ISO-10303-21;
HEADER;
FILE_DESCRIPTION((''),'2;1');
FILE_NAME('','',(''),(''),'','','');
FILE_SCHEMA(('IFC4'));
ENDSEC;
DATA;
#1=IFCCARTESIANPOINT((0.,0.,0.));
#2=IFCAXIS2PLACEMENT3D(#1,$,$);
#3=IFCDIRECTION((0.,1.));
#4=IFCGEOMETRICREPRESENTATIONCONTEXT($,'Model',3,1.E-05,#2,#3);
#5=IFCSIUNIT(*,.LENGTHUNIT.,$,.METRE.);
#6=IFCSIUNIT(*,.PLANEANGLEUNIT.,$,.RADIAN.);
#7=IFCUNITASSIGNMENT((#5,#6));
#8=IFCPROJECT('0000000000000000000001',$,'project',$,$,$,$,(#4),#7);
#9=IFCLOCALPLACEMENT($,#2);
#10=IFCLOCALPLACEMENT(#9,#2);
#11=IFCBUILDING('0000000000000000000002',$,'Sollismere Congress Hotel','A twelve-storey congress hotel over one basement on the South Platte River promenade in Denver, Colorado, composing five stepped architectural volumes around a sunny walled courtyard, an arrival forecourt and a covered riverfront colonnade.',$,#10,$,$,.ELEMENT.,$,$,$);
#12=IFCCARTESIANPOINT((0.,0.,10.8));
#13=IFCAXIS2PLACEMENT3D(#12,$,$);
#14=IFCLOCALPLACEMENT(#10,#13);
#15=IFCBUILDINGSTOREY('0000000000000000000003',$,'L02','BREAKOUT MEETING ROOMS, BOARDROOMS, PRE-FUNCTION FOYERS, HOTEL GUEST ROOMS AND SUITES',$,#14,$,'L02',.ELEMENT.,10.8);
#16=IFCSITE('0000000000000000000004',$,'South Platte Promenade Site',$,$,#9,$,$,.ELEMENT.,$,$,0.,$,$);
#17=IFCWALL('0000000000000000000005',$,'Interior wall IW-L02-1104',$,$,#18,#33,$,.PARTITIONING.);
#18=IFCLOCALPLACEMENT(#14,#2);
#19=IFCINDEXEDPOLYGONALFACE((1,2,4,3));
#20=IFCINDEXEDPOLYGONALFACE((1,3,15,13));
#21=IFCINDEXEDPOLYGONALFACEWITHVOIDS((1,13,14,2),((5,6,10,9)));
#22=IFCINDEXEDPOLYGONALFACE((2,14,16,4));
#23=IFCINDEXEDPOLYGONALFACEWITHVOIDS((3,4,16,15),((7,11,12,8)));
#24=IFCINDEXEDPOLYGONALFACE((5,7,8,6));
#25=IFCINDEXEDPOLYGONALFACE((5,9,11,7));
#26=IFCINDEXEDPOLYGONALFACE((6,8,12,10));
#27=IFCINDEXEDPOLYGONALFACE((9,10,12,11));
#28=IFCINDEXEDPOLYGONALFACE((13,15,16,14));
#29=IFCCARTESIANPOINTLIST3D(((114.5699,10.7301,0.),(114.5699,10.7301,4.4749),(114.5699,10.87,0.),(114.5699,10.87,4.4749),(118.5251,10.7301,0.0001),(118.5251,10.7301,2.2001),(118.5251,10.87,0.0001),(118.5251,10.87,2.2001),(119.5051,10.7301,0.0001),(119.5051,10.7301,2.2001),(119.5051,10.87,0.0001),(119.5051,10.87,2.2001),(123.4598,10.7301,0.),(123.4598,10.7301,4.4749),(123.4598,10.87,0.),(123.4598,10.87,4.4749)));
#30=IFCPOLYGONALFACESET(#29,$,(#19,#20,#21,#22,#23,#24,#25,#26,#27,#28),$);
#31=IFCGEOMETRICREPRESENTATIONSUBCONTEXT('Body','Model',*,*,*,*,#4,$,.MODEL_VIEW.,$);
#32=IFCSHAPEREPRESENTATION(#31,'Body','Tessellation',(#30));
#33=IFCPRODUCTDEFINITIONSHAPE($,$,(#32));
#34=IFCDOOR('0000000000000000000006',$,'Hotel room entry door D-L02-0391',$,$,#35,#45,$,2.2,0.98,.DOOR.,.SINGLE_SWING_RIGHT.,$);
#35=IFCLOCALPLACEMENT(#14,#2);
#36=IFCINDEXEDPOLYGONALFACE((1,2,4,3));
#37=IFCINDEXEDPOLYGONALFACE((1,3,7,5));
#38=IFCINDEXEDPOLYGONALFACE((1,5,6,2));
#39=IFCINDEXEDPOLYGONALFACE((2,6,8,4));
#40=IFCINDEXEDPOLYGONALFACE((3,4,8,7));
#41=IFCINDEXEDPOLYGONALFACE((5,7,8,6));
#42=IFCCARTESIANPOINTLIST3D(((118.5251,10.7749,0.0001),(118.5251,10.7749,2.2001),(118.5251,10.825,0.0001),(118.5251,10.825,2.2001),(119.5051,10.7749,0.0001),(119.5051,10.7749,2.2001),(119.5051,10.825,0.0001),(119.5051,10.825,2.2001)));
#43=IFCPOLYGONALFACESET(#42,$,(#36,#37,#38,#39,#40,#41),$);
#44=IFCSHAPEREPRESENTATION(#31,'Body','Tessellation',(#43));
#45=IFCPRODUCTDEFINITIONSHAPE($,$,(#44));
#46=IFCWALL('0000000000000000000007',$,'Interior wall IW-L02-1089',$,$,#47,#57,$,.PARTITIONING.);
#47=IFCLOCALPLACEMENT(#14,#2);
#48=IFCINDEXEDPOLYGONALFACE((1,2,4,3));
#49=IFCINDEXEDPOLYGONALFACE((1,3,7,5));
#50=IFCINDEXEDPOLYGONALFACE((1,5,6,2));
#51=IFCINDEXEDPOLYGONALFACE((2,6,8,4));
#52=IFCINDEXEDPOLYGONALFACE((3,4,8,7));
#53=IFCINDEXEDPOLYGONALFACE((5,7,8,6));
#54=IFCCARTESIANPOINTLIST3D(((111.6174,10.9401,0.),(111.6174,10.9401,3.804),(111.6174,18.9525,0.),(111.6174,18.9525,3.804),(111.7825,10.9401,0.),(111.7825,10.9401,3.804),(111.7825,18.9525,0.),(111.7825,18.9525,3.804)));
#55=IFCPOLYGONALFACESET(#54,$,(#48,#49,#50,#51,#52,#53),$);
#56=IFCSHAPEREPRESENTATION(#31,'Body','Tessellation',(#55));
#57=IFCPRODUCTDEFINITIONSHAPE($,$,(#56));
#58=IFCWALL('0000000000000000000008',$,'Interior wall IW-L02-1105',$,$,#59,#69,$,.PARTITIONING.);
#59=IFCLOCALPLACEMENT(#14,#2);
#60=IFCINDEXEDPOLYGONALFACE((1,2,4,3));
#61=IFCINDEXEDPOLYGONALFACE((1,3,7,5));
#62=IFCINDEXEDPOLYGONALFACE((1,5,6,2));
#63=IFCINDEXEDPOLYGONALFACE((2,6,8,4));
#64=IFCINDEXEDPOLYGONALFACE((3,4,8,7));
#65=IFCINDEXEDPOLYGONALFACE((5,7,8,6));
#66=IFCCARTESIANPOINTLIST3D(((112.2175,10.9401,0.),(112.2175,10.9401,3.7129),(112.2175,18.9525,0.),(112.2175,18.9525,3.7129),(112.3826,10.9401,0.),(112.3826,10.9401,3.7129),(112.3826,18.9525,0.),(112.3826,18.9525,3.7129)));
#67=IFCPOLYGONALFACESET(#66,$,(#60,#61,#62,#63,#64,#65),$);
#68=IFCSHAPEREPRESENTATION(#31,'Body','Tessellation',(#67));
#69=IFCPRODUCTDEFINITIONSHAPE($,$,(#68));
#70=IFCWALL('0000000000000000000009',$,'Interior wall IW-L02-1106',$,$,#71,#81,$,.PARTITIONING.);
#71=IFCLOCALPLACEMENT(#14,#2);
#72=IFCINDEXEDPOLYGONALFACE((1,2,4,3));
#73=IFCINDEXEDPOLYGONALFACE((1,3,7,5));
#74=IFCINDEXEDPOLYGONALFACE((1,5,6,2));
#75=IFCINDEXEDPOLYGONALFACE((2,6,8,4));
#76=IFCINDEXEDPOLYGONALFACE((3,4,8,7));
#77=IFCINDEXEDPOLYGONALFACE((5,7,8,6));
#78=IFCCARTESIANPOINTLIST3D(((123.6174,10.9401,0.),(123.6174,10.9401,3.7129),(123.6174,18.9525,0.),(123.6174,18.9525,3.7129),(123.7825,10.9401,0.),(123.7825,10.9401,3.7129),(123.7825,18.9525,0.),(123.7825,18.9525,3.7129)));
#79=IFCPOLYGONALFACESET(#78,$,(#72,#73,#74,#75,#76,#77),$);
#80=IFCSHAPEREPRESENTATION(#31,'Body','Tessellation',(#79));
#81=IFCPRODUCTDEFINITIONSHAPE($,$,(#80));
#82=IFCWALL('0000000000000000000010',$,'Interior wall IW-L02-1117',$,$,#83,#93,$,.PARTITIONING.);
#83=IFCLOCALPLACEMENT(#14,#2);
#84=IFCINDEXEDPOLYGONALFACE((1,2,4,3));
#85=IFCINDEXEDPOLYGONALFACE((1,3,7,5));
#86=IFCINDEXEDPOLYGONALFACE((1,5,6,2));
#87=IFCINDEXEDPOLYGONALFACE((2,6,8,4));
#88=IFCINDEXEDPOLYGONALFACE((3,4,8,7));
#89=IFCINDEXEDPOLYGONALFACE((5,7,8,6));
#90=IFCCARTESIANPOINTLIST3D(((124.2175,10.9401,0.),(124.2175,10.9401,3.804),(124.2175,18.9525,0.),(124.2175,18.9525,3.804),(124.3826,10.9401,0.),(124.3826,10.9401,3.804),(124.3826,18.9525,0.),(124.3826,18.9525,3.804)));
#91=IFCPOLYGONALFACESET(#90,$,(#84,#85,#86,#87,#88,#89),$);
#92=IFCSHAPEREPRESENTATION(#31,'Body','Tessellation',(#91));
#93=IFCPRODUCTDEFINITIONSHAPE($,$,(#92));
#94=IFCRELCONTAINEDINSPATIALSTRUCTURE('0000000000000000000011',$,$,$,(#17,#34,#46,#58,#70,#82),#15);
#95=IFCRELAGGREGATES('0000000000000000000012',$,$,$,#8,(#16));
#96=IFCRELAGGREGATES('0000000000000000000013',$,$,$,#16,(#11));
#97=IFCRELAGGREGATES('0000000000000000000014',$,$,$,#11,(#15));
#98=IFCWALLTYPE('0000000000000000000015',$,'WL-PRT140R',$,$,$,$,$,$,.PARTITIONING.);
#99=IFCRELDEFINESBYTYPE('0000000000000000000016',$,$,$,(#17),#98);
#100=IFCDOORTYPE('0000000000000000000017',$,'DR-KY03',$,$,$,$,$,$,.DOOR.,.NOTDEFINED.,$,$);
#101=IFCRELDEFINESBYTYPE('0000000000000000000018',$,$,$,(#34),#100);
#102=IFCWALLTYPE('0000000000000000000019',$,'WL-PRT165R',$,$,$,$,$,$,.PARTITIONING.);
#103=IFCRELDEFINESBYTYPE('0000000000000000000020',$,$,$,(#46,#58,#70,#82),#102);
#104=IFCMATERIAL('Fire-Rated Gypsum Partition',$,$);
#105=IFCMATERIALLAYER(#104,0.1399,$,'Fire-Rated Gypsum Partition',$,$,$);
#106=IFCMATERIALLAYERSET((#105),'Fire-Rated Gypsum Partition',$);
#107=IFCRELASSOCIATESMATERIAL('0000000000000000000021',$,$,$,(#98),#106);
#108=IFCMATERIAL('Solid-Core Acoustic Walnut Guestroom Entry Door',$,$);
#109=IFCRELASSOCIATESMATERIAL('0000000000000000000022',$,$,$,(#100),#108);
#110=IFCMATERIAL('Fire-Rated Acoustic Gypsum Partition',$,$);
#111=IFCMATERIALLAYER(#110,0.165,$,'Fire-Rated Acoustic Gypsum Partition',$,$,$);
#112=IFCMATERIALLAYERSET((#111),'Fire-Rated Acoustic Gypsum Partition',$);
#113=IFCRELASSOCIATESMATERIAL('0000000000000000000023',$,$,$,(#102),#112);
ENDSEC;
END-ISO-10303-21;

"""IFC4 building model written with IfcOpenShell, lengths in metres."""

from ifc_helpers import new_model, si_unit, direction, frame, frame_2d, origin, place, context, subcontext, project, spatial, rectangle, extrude, material, layer, layer_set, type_object, element, fill, save


model = new_model("IFC4")

# Units and contexts
model_context = context("Model", 3, precision=1e-05, world=origin(), true_north=direction((0.0, 1.0)))
body_context = subcontext(model_context, "Body", "Model", "MODEL_VIEW")
ifc_project = project(units=[si_unit("LENGTHUNIT", "METRE"), si_unit("PLANEANGLEUNIT", "RADIAN")], contexts=[model_context])

# Site, building, storey
site_placement = place(None, origin())
site = spatial("IfcSite", under=ifc_project, at=site_placement, Name="South Platte Promenade Site", CompositionType="ELEMENT", RefElevation=0.0)
building_placement = place(site_placement, origin())
building = spatial("IfcBuilding", under=site, at=building_placement, Name="Sollismere Congress Hotel", Description="A twelve-storey congress hotel over one basement on the South Platte River promenade in Denver, Colorado, composing five stepped architectural volumes around a sunny walled courtyard, an arrival forecourt and a covered riverfront colonnade.", CompositionType="ELEMENT")
storey_placement = place(building_placement, frame((0.0, 0.0, 10.8)))
storey = spatial("IfcBuildingStorey", under=building, at=storey_placement, Name="L02", Description="BREAKOUT MEETING ROOMS, BOARDROOMS, PRE-FUNCTION FOYERS, HOTEL GUEST ROOMS AND SUITES", LongName="L02", CompositionType="ELEMENT", Elevation=10.8)

# Shared definitions
ifc_material_1 = material(Name="Fire-Rated Gypsum Partition")
ifc_layer_1 = layer(ifc_material_1, 0.1399, Name="Fire-Rated Gypsum Partition")
ifc_layer_set_1 = layer_set([ifc_layer_1], Name="Fire-Rated Gypsum Partition")
wall_type_1 = type_object("IfcWallType", Name="WL-PRT140R", PredefinedType="PARTITIONING", material=ifc_layer_set_1)
ifc_material_2 = material(Name="Solid-Core Acoustic Walnut Guestroom Entry Door")

# Wall, opening, door
wall_1_placement = place(storey_placement, frame((114.5701, 10.8, 0.0), z_axis=(0.0, 0.0, 1.0), x_axis=(1.0, 0.0, 0.0)))
wall_1 = element("IfcWall", 1, at=wall_1_placement, inside=storey, type_object=wall_type_1, Name="Interior wall IW-L02-1104", PredefinedType="PARTITIONING", context=body_context, shape_type="SweptSolid", body=[
    extrude(rectangle(XDim=8.8899, YDim=0.1399, at=frame_2d((4.4448, 0.0))), origin(), (0.0, 0.0, 1.0), 4.4749),
])
opening_1_placement = place(wall_1_placement, frame((3.9551, 0.0, 0.0)))
opening_1 = element("IfcOpeningElement", 2, at=opening_1_placement, cuts=wall_1, PredefinedType="OPENING", context=body_context, shape_type="SweptSolid", body=[
    extrude(rectangle(XDim=0.98, YDim=2.2, at=frame_2d((0.49, 1.1001))), frame((0.0, 0.0798, 0.0), z_axis=(0.0, -1.0, 0.0), x_axis=(1.0, 0.0, 0.0)), (0.0, 0.0, 1.0), 0.1599),
])
door_type_1 = type_object("IfcDoorType", Name="DR-KY03", OperationType="NOTDEFINED", PredefinedType="DOOR", material=ifc_material_2)
door_1_placement = place(opening_1_placement, origin())
door_1 = element("IfcDoor", 3, at=door_1_placement, inside=storey, type_object=door_type_1, Name="Hotel room entry door D-L02-0391", OperationType="SINGLE_SWING_RIGHT", OverallHeight=2.2, OverallWidth=0.98, PredefinedType="DOOR", context=body_context, shape_type="SweptSolid", body=[
    extrude(rectangle(XDim=0.98, YDim=2.2, at=frame_2d((0.49, 1.1001))), frame((0.0, 0.0249, 0.0), z_axis=(0.0, -1.0, 0.0), x_axis=(1.0, 0.0, 0.0)), (0.0, 0.0, 1.0), 0.05),
])
fill(opening_1, door_1)

# Walls
ifc_material_3 = material(Name="Fire-Rated Acoustic Gypsum Partition")
ifc_layer_2 = layer(ifc_material_3, 0.165, Name="Fire-Rated Acoustic Gypsum Partition")
ifc_layer_set_2 = layer_set([ifc_layer_2], Name="Fire-Rated Acoustic Gypsum Partition")
wall_type_2 = type_object("IfcWallType", Name="WL-PRT165R", PredefinedType="PARTITIONING", material=ifc_layer_set_2)
wall_2_placement = place(storey_placement, frame((111.7, 10.9399, 0.0), z_axis=(0.0, 0.0, 1.0), x_axis=(0.0, 1.0, 0.0)))
element("IfcWall", 4, at=wall_2_placement, inside=storey, type_object=wall_type_2, Name="Interior wall IW-L02-1089", PredefinedType="PARTITIONING", context=body_context, shape_type="SweptSolid", body=[
    extrude(rectangle(XDim=8.0125, YDim=0.165, at=frame_2d((4.0063, 0.0))), origin(), (0.0, 0.0, 1.0), 3.804),
])
for number, where, z_axis, x_axis, name in (
    (5, (112.3, 10.9399, 0.0), (0.0, 0.0, 1.0), (0.0, 1.0, 0.0), "Interior wall IW-L02-1105"),
    (6, (123.7, 10.9399, 0.0), (0.0, 0.0, 1.0), (0.0, 1.0, 0.0), "Interior wall IW-L02-1106"),
):
    element("IfcWall", number, at=place(storey_placement, frame(where, z_axis=z_axis, x_axis=x_axis)), inside=storey, type_object=wall_type_2, Name=name, PredefinedType="PARTITIONING", context=body_context, shape_type="SweptSolid", body=[
        extrude(rectangle(XDim=8.0125, YDim=0.165, at=frame_2d((4.0063, 0.0))), origin(), (0.0, 0.0, 1.0), 3.7129),
    ])
wall_3_placement = place(storey_placement, frame((124.3, 10.9399, 0.0), z_axis=(0.0, 0.0, 1.0), x_axis=(0.0, 1.0, 0.0)))
element("IfcWall", 7, at=wall_3_placement, inside=storey, type_object=wall_type_2, Name="Interior wall IW-L02-1117", PredefinedType="PARTITIONING", context=body_context, shape_type="SweptSolid", body=[
    extrude(rectangle(XDim=8.0125, YDim=0.165, at=frame_2d((4.0063, 0.0))), origin(), (0.0, 0.0, 1.0), 3.804),
])

save(model, "model.ifc")
